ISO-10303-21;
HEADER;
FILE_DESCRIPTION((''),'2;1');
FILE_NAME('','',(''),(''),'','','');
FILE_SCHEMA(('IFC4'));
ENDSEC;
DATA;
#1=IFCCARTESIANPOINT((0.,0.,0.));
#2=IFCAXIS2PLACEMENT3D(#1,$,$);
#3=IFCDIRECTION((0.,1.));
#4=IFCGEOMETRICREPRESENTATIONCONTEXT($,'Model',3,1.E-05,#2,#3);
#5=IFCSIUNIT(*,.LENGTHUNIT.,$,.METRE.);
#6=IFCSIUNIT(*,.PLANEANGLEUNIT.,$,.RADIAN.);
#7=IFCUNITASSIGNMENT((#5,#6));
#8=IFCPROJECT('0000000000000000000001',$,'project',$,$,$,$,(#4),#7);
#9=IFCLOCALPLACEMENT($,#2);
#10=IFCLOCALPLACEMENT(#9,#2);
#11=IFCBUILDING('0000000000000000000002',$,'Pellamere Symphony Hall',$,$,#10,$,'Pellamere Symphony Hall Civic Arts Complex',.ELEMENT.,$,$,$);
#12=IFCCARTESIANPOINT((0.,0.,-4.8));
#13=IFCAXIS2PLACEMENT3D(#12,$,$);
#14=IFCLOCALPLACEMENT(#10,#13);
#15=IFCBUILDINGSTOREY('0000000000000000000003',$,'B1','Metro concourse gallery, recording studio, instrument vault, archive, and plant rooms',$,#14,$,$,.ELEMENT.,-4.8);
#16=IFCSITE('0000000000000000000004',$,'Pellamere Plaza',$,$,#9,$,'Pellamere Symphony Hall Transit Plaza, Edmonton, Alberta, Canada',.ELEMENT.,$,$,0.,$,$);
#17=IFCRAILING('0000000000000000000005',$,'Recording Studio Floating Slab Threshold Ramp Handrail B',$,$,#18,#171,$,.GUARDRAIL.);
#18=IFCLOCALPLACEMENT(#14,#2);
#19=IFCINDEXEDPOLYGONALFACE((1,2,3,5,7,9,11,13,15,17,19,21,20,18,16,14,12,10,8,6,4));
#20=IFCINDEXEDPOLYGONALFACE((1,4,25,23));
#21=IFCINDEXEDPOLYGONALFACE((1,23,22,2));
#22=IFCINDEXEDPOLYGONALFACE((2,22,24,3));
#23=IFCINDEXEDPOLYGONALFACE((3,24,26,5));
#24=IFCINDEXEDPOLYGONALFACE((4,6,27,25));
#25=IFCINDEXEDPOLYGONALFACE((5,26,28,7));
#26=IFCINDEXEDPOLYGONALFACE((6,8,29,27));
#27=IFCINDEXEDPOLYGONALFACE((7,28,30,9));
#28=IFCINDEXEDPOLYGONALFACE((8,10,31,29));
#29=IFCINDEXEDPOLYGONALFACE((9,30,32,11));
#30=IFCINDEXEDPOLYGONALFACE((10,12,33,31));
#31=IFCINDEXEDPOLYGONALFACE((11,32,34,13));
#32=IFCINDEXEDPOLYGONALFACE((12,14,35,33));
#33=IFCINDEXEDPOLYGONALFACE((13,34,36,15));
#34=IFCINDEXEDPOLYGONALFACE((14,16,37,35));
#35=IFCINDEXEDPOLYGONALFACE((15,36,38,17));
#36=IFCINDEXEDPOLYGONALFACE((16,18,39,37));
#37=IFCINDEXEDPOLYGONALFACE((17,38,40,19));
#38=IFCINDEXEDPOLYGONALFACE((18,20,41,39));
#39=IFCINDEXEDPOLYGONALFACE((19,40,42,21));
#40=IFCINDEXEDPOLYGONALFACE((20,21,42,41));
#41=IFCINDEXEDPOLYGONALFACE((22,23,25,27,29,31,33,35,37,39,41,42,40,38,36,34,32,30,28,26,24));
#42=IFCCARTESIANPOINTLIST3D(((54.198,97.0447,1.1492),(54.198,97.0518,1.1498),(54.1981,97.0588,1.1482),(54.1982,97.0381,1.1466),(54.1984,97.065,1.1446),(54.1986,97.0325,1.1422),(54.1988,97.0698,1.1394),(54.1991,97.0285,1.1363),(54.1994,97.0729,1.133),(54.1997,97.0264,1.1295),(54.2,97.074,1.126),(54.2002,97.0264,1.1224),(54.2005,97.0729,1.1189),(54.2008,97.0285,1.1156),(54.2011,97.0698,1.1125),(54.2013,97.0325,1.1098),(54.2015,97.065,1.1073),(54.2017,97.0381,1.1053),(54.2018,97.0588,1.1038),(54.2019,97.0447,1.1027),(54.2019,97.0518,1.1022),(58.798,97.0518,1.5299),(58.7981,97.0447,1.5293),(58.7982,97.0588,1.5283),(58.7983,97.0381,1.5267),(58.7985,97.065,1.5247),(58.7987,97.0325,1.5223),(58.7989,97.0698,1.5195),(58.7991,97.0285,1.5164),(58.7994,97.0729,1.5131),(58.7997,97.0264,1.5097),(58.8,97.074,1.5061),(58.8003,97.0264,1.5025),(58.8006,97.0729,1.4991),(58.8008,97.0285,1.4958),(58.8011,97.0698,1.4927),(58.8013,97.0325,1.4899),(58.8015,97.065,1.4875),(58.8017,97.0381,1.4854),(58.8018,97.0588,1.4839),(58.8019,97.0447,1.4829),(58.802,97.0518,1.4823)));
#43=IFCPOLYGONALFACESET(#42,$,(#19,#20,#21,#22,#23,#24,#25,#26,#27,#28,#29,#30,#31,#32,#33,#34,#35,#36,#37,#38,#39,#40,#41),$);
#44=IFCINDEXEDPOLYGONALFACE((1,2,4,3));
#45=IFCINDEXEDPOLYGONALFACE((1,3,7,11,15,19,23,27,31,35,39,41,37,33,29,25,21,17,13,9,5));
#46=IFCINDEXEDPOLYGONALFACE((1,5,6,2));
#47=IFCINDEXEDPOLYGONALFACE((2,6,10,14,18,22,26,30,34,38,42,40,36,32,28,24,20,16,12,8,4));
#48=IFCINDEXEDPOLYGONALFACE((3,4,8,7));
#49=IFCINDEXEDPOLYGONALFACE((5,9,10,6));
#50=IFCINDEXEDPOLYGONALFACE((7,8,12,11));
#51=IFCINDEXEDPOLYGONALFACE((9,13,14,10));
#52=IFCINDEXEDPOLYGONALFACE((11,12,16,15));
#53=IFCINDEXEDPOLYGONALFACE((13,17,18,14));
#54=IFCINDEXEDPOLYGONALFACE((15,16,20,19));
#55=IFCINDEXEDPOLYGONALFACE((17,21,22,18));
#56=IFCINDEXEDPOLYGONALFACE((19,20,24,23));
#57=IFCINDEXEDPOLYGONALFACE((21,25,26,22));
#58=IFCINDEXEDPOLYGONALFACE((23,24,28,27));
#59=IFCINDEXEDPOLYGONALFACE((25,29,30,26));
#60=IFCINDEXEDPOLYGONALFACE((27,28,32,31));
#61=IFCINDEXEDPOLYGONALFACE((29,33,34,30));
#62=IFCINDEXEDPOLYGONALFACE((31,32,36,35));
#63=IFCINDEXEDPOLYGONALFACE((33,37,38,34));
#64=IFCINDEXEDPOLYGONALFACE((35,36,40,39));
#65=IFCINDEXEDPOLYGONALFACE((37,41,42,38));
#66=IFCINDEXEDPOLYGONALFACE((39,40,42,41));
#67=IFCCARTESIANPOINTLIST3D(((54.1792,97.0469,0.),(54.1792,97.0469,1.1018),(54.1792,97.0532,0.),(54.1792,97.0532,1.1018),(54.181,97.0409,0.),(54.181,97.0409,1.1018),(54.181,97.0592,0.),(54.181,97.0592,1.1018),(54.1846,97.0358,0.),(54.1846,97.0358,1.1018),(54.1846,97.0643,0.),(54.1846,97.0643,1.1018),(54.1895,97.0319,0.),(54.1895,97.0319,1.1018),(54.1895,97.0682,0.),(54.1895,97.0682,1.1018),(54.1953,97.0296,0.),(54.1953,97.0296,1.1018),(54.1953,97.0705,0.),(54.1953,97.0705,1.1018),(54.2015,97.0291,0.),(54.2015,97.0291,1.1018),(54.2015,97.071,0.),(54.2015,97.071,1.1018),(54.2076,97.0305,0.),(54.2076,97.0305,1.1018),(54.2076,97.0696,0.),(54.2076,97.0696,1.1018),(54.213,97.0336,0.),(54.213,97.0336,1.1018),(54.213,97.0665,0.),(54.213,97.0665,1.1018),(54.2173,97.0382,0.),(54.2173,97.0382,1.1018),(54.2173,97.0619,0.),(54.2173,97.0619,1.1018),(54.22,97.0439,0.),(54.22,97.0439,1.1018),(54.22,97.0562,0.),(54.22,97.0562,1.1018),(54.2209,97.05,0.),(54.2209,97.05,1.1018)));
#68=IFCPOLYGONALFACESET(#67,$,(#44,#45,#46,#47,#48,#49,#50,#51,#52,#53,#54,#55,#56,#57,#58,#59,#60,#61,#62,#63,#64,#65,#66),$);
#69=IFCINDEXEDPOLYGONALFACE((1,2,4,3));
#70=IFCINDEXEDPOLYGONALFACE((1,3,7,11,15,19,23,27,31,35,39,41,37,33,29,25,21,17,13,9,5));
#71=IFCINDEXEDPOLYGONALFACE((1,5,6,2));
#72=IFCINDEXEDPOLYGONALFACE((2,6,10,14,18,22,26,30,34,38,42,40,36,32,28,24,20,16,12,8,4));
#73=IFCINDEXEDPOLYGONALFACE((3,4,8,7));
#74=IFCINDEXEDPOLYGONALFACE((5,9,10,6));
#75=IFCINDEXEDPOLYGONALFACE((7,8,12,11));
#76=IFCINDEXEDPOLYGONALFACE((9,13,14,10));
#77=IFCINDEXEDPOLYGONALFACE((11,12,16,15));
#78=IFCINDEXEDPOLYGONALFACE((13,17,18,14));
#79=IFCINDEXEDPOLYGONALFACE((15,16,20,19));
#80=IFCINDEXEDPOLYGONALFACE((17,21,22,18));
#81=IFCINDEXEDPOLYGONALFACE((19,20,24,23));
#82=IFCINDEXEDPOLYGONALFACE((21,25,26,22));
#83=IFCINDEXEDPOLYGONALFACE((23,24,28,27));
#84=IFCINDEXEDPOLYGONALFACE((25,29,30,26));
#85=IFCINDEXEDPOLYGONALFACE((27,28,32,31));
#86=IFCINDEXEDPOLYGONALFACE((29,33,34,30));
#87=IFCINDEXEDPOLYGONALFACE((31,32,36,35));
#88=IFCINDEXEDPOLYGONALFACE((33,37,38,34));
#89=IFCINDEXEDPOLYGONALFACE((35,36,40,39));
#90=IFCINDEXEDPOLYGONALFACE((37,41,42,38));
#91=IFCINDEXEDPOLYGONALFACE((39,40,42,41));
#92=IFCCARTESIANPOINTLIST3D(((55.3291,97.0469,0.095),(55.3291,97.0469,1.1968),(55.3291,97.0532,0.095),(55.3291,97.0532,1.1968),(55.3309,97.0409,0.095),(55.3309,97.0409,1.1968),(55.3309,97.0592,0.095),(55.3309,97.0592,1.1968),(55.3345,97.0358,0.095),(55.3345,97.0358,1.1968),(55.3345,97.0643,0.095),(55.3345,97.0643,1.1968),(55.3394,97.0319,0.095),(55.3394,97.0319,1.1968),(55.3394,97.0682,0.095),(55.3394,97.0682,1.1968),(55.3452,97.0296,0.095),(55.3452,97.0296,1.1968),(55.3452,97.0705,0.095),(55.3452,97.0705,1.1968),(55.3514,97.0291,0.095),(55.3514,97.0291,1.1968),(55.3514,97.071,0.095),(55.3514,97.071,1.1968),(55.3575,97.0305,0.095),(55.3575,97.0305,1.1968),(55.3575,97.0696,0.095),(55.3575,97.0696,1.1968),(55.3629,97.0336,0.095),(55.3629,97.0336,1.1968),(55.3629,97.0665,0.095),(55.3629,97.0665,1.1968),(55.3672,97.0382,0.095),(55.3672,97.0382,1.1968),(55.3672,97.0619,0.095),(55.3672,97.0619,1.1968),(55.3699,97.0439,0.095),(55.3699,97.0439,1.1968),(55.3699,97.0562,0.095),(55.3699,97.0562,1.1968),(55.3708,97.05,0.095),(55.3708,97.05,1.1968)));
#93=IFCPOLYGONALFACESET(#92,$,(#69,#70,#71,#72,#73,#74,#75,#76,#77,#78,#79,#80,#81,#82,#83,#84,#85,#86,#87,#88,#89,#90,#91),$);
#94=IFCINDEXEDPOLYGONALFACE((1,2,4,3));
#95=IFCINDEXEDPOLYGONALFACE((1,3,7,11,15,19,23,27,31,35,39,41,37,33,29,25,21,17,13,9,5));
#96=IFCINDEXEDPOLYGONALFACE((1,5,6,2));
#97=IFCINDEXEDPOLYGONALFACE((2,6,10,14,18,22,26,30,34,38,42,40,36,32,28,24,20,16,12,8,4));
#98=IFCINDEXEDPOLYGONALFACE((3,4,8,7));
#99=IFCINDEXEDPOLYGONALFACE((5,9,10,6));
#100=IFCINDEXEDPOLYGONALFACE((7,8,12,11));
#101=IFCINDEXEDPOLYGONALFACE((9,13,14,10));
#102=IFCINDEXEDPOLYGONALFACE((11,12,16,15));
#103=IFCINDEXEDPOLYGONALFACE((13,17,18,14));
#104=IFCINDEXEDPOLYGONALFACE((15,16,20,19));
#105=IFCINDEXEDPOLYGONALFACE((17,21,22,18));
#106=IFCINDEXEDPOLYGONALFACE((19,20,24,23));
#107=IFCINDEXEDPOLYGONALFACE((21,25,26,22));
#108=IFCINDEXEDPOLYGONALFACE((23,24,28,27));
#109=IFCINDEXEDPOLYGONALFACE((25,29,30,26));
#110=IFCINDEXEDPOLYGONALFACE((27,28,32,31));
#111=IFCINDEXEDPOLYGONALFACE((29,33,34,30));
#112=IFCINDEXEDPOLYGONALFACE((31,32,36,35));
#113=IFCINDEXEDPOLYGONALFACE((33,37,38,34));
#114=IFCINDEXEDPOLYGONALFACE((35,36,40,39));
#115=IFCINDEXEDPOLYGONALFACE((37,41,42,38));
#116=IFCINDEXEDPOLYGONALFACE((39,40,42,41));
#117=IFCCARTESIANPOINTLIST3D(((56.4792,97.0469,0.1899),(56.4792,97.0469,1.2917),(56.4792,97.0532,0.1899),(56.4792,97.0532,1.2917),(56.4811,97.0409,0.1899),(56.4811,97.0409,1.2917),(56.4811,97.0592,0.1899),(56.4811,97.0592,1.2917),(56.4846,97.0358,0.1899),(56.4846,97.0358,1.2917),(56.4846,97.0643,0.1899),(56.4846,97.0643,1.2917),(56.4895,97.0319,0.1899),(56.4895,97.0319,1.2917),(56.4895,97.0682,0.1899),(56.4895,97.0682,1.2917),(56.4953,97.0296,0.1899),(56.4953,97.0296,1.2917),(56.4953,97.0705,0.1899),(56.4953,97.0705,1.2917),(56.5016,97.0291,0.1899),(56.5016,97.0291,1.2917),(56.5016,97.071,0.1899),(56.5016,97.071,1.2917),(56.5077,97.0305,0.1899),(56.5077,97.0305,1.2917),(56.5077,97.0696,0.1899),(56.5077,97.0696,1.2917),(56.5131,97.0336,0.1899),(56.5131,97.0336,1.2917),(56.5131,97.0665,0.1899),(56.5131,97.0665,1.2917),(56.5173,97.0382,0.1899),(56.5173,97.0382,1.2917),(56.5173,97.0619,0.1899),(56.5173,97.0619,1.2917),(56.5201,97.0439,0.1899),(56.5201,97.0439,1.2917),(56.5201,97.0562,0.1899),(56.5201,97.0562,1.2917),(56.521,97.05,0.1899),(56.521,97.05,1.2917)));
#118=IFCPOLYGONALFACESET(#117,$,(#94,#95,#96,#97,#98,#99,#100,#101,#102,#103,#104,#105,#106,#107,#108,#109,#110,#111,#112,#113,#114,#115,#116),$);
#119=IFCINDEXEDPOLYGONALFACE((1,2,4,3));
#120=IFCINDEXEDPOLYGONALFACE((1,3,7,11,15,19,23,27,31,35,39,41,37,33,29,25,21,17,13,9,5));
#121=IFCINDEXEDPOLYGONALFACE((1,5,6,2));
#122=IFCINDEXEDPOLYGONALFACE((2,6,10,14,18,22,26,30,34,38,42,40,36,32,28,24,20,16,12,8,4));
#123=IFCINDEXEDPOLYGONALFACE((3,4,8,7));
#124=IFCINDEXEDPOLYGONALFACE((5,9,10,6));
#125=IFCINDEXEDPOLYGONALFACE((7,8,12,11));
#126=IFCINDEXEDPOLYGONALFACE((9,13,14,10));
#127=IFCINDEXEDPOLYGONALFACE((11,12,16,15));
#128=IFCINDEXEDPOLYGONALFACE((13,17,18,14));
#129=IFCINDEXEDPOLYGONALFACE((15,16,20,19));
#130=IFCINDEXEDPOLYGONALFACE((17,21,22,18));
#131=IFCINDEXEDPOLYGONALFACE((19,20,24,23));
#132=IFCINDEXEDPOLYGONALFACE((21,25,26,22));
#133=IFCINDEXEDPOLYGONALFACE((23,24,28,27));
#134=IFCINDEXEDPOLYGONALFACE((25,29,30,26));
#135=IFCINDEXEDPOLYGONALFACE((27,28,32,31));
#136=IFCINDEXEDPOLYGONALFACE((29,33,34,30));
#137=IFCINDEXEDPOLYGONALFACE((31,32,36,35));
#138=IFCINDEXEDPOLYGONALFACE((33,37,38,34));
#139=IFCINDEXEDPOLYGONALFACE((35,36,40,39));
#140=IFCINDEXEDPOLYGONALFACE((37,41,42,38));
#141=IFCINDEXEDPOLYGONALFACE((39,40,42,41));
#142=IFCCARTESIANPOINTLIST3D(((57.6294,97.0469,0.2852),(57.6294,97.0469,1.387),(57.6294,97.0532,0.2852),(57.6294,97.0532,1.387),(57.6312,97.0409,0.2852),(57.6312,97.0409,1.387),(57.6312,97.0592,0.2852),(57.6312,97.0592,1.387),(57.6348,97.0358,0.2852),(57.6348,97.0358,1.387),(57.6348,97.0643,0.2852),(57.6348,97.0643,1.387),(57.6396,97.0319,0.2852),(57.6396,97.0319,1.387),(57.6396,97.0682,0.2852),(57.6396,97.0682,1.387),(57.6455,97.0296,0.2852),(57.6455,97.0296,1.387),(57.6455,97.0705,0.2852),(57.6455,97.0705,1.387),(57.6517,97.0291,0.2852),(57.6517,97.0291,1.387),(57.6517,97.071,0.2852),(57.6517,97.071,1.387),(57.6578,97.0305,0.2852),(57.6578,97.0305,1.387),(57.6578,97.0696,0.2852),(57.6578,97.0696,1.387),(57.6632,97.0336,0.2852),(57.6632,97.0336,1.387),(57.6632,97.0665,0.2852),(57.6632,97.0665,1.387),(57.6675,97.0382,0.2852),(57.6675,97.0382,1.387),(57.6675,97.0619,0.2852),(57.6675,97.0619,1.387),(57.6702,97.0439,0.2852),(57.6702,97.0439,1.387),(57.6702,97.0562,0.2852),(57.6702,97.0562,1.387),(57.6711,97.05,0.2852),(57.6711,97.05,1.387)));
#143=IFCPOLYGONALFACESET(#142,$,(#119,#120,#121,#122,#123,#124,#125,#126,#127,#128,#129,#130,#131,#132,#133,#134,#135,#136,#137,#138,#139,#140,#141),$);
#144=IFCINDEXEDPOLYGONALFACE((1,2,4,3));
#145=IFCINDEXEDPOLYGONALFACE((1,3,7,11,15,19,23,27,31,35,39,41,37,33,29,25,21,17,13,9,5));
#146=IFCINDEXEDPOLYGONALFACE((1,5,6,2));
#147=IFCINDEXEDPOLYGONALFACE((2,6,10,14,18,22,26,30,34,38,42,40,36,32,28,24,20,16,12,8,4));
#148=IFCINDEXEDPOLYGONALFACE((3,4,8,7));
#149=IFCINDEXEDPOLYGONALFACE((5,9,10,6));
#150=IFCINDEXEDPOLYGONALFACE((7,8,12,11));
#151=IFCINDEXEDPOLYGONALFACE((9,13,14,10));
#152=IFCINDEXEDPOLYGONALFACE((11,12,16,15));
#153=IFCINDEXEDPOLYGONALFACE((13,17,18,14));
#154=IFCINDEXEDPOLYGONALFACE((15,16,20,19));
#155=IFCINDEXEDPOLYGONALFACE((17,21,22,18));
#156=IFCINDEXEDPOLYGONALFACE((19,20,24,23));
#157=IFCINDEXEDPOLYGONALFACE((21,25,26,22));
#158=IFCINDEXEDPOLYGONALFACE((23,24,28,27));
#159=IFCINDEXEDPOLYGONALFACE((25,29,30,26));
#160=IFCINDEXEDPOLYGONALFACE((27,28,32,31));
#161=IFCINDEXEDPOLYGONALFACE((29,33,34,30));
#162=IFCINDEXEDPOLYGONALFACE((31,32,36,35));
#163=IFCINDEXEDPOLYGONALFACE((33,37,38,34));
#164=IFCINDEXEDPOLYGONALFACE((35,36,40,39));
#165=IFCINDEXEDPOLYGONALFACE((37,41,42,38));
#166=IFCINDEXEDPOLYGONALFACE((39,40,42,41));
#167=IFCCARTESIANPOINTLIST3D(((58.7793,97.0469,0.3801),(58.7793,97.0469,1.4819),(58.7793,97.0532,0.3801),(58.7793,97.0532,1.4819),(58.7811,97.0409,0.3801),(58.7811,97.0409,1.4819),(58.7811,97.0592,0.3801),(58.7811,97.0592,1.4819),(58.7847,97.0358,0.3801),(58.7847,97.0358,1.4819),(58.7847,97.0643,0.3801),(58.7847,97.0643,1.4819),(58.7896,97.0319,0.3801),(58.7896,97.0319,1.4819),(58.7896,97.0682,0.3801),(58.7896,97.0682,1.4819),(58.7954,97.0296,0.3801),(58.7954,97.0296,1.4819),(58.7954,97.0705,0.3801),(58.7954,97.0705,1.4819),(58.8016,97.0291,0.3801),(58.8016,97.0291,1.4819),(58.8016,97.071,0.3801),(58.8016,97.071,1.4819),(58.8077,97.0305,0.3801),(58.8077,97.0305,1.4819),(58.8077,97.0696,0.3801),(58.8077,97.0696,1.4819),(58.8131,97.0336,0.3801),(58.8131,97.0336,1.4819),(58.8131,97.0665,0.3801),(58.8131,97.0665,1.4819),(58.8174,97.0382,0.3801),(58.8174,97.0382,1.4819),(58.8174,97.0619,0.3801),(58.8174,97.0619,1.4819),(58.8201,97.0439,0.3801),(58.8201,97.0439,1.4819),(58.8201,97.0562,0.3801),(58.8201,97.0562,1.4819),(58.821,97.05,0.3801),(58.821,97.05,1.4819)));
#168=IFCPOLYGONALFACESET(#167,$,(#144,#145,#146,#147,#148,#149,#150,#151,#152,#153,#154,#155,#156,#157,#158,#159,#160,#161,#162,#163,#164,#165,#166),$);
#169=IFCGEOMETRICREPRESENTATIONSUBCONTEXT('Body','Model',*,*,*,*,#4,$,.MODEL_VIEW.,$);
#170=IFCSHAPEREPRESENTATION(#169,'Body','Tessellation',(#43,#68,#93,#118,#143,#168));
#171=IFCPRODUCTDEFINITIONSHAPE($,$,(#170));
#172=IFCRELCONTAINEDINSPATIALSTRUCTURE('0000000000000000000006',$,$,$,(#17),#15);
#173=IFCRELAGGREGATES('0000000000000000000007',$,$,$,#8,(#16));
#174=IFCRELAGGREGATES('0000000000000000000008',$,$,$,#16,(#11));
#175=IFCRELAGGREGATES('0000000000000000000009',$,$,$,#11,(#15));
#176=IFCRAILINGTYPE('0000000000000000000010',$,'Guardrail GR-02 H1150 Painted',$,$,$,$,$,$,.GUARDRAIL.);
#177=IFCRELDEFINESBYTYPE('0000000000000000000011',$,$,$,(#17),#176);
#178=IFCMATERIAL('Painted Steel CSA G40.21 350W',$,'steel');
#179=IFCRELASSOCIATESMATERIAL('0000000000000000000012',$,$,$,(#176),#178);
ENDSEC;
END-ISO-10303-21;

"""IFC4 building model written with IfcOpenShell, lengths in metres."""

from ifc_helpers import new_model, si_unit, direction, frame, origin, origin_2d, place, context, subcontext, project, spatial, circle, extrude, material, type_object, element, save


model = new_model("IFC4")

# Units and contexts
model_context = context("Model", 3, precision=1e-05, world=origin(), true_north=direction((0.0, 1.0)))
body_context = subcontext(model_context, "Body", "Model", "MODEL_VIEW")
ifc_project = project(units=[si_unit("LENGTHUNIT", "METRE"), si_unit("PLANEANGLEUNIT", "RADIAN")], contexts=[model_context])

# Site, building, storey
site_placement = place(None, origin())
site = spatial("IfcSite", under=ifc_project, at=site_placement, Name="Pellamere Plaza", LongName="Pellamere Symphony Hall Transit Plaza, Edmonton, Alberta, Canada", CompositionType="ELEMENT", RefElevation=0.0)
building_placement = place(site_placement, origin())
building = spatial("IfcBuilding", under=site, at=building_placement, Name="Pellamere Symphony Hall", LongName="Pellamere Symphony Hall Civic Arts Complex", CompositionType="ELEMENT")
storey_placement = place(building_placement, frame((0.0, 0.0, -4.8)))
storey = spatial("IfcBuildingStorey", under=building, at=storey_placement, Name="B1", Description="Metro concourse gallery, recording studio, instrument vault, archive, and plant rooms", CompositionType="ELEMENT", Elevation=-4.8)

# Railing
ifc_material_1 = material(Name="Painted Steel CSA G40.21 350W", Category="steel")
railing_type_1 = type_object("IfcRailingType", Name="Guardrail GR-02 H1150 Painted", PredefinedType="GUARDRAIL", material=ifc_material_1)
for number, where, name in (
    (1, (54.2, 97.05, 0.0), "Recording Studio Floating Slab Threshold Ramp Handrail B"),
):
    element("IfcRailing", number, at=place(storey_placement, frame(where)), inside=storey, type_object=railing_type_1, Name=name, PredefinedType="GUARDRAIL", context=body_context, shape_type="SweptSolid", body=[
        extrude(circle(Radius=0.0239, at=origin_2d()), frame((0.0, 0.0, 1.126), z_axis=(0.996603, 0.0, 0.082354), x_axis=(0.0, 1.0, 0.0)), (0.0, 0.0, 1.0), 4.6157),
        extrude(circle(Radius=0.021, at=origin_2d()), origin(), (0.0, 0.0, 1.0), 1.1018),
        extrude(circle(Radius=0.021, at=origin_2d()), frame((1.1499, 0.0, 0.095)), (0.0, 0.0, 1.0), 1.1018),
        extrude(circle(Radius=0.021, at=origin_2d()), frame((2.3, 0.0, 0.1899)), (0.0, 0.0, 1.0), 1.1018),
        extrude(circle(Radius=0.021, at=origin_2d()), frame((3.4502, 0.0, 0.2852)), (0.0, 0.0, 1.0), 1.1018),
        extrude(circle(Radius=0.021, at=origin_2d()), frame((4.6001, 0.0, 0.3801)), (0.0, 0.0, 1.0), 1.1018),
    ])

save(model, "model.ifc")
